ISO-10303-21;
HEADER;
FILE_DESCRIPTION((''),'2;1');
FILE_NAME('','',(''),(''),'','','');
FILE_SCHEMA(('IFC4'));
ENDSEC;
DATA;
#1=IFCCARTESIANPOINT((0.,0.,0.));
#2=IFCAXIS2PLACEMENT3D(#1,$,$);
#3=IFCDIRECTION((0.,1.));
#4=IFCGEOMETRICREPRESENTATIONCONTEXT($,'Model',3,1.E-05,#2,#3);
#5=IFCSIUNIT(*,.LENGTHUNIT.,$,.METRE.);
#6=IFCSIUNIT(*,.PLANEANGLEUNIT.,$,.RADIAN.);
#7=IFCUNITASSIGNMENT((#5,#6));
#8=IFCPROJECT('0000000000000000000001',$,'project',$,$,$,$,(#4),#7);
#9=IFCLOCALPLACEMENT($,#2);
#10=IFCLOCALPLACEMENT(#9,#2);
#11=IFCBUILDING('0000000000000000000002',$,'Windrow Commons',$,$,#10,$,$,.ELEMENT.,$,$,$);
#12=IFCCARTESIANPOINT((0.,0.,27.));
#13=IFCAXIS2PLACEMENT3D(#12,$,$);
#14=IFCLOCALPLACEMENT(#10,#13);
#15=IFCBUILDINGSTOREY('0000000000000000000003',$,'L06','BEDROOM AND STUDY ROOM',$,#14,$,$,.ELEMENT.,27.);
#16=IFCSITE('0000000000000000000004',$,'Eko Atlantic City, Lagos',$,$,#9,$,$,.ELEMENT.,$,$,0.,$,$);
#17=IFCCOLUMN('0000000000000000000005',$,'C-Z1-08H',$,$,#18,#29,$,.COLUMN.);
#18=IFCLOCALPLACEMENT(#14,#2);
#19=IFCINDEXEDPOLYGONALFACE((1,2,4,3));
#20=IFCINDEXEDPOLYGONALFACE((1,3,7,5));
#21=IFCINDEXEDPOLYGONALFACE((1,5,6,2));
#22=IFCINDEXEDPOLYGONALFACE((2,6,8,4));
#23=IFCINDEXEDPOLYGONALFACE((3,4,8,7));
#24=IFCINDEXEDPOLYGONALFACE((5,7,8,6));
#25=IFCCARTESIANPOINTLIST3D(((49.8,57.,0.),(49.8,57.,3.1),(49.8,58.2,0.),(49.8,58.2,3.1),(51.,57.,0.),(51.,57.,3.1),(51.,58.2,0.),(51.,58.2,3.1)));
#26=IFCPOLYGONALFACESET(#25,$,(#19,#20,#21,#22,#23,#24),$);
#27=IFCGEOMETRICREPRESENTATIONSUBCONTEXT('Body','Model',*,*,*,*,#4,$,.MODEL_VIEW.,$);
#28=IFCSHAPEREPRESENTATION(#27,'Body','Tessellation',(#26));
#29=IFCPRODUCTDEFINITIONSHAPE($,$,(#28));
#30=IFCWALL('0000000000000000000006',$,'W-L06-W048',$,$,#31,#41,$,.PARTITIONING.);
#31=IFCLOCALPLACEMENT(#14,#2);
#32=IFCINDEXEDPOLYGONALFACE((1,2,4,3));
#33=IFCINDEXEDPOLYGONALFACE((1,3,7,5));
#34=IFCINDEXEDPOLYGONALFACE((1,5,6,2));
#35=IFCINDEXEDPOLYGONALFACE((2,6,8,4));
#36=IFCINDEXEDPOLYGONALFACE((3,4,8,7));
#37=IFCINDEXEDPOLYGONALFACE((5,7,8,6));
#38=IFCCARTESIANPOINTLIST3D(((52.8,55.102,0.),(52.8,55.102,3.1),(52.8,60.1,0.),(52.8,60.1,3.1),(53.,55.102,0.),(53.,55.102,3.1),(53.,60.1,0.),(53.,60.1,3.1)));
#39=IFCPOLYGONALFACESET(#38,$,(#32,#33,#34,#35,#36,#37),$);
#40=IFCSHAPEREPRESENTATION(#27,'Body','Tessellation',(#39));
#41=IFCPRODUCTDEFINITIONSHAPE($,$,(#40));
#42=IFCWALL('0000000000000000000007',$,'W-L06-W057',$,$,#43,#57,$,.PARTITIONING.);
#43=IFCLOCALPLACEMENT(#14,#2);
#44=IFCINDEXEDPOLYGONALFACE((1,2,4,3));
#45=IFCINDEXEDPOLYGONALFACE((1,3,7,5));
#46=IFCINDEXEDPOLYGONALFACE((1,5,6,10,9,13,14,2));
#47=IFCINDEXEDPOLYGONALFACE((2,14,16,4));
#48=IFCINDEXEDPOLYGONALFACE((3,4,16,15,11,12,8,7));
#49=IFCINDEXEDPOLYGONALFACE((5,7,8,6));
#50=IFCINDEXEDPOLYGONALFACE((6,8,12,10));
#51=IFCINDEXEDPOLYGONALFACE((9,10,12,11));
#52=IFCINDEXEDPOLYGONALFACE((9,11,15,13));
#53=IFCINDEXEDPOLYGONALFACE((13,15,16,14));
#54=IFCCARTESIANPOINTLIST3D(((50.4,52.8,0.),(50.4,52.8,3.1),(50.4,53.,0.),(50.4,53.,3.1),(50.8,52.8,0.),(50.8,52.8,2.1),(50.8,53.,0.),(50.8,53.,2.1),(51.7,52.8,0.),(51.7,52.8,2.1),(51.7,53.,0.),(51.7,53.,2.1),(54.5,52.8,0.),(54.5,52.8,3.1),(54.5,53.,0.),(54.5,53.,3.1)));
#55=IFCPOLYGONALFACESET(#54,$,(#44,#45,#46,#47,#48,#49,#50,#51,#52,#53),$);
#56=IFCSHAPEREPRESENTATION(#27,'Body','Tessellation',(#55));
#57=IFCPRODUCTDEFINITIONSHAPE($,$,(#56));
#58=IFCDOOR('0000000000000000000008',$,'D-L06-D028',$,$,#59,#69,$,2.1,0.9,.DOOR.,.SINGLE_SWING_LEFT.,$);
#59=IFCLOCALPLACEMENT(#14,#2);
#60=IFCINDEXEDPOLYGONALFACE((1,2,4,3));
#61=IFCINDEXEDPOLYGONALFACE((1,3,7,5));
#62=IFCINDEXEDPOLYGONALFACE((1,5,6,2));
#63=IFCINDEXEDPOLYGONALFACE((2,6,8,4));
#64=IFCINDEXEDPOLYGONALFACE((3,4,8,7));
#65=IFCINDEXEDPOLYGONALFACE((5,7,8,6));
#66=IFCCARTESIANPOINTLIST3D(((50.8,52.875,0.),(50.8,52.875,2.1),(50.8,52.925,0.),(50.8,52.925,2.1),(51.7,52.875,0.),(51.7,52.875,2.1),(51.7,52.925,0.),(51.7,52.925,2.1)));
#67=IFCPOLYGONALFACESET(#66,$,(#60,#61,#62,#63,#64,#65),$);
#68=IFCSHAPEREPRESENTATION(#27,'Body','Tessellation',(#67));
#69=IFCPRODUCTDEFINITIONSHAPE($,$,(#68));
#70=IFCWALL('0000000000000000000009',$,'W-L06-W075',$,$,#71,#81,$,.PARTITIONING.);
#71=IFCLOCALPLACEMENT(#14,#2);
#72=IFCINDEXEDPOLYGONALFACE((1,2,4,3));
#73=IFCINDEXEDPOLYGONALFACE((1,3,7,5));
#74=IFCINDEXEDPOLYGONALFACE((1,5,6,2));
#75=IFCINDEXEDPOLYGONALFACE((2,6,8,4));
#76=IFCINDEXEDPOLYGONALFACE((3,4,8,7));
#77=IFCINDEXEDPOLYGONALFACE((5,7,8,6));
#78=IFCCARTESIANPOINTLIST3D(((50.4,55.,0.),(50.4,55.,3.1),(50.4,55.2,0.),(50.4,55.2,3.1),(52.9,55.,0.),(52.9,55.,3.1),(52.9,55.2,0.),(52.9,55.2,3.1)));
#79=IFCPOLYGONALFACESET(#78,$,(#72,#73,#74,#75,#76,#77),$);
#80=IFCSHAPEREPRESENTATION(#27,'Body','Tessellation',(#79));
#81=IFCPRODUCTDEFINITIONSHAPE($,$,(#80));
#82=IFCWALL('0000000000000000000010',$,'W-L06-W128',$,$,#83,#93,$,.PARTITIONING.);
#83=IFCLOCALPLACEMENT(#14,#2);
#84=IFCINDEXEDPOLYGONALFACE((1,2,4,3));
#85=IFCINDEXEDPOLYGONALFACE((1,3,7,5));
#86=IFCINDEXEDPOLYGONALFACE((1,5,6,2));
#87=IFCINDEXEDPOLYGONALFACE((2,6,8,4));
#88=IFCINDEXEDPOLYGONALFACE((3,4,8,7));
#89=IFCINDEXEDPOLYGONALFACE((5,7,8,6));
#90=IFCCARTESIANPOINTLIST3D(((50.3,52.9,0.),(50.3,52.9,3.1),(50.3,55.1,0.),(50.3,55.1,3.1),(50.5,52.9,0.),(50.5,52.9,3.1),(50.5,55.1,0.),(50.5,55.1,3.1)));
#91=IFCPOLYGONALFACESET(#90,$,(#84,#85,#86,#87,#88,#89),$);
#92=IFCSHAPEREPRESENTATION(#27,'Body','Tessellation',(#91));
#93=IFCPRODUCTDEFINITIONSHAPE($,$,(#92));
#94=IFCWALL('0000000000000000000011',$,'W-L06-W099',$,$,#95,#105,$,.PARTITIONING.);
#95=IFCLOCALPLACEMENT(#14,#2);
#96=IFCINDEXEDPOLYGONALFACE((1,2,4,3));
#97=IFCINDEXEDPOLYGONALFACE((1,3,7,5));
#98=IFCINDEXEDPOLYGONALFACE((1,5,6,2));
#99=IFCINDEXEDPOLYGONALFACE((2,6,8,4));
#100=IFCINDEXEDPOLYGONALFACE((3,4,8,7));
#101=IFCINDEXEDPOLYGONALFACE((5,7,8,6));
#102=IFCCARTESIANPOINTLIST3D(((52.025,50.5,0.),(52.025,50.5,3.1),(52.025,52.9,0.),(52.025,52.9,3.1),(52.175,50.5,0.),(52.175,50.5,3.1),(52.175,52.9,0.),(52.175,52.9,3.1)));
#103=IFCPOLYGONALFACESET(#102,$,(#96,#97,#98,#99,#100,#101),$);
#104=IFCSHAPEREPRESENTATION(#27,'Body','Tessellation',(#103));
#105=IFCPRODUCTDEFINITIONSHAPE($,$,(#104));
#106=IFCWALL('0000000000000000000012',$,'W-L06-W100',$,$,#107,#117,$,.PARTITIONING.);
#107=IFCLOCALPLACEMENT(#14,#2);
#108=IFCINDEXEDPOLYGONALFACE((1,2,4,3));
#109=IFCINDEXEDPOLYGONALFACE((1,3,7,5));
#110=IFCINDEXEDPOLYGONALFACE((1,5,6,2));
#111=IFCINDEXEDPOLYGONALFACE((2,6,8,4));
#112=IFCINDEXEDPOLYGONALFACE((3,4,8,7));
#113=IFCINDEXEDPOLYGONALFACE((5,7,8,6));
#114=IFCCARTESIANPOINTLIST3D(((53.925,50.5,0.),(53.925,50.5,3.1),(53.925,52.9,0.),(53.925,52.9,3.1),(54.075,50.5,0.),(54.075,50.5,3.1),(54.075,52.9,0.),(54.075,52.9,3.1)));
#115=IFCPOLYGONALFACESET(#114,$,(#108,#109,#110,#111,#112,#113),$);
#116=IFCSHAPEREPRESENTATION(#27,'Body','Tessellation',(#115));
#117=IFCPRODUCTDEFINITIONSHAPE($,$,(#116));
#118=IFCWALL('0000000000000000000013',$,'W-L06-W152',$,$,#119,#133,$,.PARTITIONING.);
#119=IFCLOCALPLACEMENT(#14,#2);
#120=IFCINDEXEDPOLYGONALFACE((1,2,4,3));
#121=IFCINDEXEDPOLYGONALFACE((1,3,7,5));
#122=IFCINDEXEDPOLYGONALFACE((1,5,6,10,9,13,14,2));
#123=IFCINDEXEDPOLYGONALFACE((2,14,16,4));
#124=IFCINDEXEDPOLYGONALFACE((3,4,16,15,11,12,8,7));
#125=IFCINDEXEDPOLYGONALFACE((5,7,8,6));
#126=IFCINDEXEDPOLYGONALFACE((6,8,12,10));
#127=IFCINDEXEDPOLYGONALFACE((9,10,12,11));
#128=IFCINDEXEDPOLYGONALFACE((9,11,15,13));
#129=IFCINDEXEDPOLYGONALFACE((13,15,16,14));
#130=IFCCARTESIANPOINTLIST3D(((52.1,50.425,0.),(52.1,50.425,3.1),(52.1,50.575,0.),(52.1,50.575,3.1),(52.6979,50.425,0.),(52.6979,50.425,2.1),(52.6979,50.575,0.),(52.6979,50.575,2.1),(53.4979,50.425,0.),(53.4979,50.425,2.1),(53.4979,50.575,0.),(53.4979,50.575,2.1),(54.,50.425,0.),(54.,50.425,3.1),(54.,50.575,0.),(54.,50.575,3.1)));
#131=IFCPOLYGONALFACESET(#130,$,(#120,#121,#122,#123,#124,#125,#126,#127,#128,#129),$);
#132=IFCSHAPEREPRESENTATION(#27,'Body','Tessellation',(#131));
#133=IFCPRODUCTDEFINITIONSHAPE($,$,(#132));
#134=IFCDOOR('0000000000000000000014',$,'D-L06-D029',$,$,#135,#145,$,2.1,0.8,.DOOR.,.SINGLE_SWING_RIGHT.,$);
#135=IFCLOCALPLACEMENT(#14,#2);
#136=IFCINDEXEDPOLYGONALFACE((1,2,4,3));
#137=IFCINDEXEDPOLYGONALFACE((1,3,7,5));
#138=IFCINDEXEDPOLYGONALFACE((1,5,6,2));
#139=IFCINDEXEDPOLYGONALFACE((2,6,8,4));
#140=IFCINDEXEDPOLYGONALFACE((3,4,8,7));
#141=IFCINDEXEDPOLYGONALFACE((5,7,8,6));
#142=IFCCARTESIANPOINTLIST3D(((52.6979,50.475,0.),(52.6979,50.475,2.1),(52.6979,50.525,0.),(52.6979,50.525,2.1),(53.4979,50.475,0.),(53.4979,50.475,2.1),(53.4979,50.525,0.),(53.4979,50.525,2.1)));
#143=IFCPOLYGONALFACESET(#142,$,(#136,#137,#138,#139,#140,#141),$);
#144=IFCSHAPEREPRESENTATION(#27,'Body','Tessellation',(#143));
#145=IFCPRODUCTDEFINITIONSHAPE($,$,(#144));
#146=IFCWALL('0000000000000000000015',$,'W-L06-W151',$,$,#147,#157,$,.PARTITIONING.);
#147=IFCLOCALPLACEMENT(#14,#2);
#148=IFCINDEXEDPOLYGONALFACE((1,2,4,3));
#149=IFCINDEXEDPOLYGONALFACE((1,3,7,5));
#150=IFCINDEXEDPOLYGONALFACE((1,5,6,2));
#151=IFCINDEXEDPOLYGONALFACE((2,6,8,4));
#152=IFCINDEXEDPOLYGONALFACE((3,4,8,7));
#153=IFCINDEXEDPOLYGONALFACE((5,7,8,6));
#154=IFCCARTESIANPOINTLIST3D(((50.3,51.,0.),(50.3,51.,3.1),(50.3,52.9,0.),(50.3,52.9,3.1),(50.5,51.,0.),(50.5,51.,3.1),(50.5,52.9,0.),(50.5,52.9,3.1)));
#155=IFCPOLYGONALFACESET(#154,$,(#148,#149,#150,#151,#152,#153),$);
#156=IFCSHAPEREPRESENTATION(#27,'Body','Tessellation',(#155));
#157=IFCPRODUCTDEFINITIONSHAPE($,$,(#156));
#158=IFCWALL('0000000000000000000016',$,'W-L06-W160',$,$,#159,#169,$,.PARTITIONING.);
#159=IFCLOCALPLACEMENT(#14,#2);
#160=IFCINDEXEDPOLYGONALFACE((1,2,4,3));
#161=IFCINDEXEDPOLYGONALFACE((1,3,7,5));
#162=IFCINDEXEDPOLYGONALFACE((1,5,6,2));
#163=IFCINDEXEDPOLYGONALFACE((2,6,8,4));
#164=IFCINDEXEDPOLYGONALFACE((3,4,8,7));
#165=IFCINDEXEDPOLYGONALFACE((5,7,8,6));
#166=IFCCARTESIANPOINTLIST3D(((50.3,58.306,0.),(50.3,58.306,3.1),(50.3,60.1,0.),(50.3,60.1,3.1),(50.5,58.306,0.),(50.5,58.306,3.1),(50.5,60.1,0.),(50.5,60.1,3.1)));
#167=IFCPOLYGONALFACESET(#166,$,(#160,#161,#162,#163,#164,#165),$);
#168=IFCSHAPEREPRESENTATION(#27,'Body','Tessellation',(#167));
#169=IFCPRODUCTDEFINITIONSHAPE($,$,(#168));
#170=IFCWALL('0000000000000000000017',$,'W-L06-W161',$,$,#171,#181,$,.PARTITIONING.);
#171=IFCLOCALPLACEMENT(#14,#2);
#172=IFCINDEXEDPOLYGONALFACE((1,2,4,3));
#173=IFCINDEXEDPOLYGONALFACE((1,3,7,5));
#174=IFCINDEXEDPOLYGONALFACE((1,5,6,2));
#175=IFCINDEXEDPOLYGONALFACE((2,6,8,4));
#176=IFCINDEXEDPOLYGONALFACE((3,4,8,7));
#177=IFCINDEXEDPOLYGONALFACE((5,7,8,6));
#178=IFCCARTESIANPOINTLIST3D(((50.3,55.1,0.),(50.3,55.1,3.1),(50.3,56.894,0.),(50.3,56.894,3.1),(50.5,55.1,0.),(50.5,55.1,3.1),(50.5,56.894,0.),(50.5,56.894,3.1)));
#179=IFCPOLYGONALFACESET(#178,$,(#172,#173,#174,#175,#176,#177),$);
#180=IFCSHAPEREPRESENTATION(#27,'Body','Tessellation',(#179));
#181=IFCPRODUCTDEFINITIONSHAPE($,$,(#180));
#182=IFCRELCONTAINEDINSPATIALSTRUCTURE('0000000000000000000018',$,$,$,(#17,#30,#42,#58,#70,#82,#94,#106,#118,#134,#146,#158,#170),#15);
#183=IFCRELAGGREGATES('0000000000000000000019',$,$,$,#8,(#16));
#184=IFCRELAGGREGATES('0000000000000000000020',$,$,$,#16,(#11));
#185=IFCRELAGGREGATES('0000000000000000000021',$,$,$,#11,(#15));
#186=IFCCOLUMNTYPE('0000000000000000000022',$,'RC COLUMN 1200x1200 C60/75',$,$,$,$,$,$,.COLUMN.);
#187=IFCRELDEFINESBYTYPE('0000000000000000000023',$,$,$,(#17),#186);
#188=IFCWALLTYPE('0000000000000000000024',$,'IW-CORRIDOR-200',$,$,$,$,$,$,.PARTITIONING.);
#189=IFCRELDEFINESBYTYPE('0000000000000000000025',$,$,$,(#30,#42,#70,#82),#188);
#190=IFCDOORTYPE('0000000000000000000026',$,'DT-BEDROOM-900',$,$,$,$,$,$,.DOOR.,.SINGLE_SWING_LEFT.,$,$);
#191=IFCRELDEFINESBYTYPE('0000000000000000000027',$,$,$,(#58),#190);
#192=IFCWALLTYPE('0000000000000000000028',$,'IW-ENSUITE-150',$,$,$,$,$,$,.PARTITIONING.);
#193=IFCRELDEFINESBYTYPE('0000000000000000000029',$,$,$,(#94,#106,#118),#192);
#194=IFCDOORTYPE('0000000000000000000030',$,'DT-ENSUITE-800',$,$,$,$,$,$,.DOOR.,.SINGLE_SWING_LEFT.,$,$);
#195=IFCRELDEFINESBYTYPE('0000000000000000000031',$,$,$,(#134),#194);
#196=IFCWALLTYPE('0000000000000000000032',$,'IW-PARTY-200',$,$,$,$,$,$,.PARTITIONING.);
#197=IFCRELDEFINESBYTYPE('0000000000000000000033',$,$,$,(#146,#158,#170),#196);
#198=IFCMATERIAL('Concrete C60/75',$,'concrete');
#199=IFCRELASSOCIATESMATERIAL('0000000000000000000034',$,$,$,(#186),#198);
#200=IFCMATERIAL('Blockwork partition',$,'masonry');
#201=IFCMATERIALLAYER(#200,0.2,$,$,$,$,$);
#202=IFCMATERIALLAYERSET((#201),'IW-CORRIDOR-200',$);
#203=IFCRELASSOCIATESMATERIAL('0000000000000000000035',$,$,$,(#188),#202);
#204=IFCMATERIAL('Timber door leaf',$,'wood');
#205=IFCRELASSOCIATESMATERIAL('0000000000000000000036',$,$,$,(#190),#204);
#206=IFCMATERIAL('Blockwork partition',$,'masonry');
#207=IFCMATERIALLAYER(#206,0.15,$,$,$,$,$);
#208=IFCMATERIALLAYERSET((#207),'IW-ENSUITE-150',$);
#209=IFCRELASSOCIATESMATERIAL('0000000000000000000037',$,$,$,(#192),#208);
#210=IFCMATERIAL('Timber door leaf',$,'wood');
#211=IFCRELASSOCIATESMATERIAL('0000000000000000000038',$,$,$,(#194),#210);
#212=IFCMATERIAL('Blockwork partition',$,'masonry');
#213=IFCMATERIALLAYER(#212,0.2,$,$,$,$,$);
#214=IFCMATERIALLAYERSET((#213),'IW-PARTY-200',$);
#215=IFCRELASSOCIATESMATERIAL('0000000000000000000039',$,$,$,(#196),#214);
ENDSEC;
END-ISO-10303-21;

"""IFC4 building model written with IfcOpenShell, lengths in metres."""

from ifc_helpers import new_model, si_unit, direction, frame, frame_2d, origin, origin_2d, place, context, subcontext, project, spatial, rectangle, extrude, material, layer, layer_set, material_profile, profile_set, type_object, element, fill, save


model = new_model("IFC4")

# Units and contexts
model_context = context("Model", 3, precision=1e-05, world=origin(), true_north=direction((0.0, 1.0)))
body_context = subcontext(model_context, "Body", "Model", "MODEL_VIEW")
ifc_project = project(units=[si_unit("LENGTHUNIT", "METRE"), si_unit("PLANEANGLEUNIT", "RADIAN")], contexts=[model_context])

# Site, building, storey
site_placement = place(None, origin())
site = spatial("IfcSite", under=ifc_project, at=site_placement, Name="Eko Atlantic City, Lagos", CompositionType="ELEMENT", RefElevation=0.0)
building_placement = place(site_placement, origin())
building = spatial("IfcBuilding", under=site, at=building_placement, Name="Windrow Commons", CompositionType="ELEMENT")
storey_placement = place(building_placement, frame((0.0, 0.0, 27.0)))
storey = spatial("IfcBuildingStorey", under=building, at=storey_placement, Name="L06", Description="BEDROOM AND STUDY ROOM", CompositionType="ELEMENT", Elevation=27.0)

# Column
ifc_material_1 = material(Name="Concrete C60/75", Category="concrete")
ifc_material_profile = material_profile(ifc_material_1, rectangle(XDim=1.2, YDim=1.2, at=origin_2d()))
ifc_profile_set = profile_set([ifc_material_profile], Name="Concrete C60/75")
column_type = type_object("IfcColumnType", Name="RC COLUMN 1200x1200 C60/75", PredefinedType="COLUMN", material=ifc_profile_set)
column_placement = place(storey_placement, frame((50.4, 57.6, 0.0), z_axis=(0.0, 0.0, 1.0), x_axis=(1.0, 0.0, 0.0)))
element("IfcColumn", 1, at=column_placement, inside=storey, type_object=column_type, Name="C-Z1-08H", PredefinedType="COLUMN", context=body_context, shape_type="SweptSolid", body=[
    extrude(rectangle(XDim=1.2, YDim=1.2, at=origin_2d()), origin(), (0.0, 0.0, 1.0), 3.1),
])

# Wall
ifc_material_2 = material(Name="Blockwork partition", Category="masonry")
ifc_layer_1 = layer(ifc_material_2, 0.2)
ifc_layer_set_1 = layer_set([ifc_layer_1], Name="IW-CORRIDOR-200")
wall_type_1 = type_object("IfcWallType", Name="IW-CORRIDOR-200", PredefinedType="PARTITIONING", material=ifc_layer_set_1)
wall_1_placement = place(storey_placement, frame((52.9, 55.102, 0.0), z_axis=(0.0, 0.0, 1.0), x_axis=(0.0, 1.0, 0.0)))
element("IfcWall", 2, at=wall_1_placement, inside=storey, type_object=wall_type_1, Name="W-L06-W048", PredefinedType="PARTITIONING", context=body_context, shape_type="SweptSolid", body=[
    extrude(rectangle(XDim=4.998, YDim=0.2, at=frame_2d((2.499, 0.0))), origin(), (0.0, 0.0, 1.0), 3.1),
])

# Wall, opening, door
wall_2_placement = place(storey_placement, frame((50.4, 52.9, 0.0), z_axis=(0.0, 0.0, 1.0), x_axis=(1.0, 0.0, 0.0)))
wall_2 = element("IfcWall", 3, at=wall_2_placement, inside=storey, type_object=wall_type_1, Name="W-L06-W057", PredefinedType="PARTITIONING", context=body_context, shape_type="SweptSolid", body=[
    extrude(rectangle(XDim=4.1, YDim=0.2, at=frame_2d((2.05, 0.0))), origin(), (0.0, 0.0, 1.0), 3.1),
])
opening_1_placement = place(wall_2_placement, frame((0.4, 0.0, 0.0)))
opening_1 = element("IfcOpeningElement", 4, at=opening_1_placement, cuts=wall_2, PredefinedType="OPENING", context=body_context, shape_type="SweptSolid", body=[
    extrude(rectangle(XDim=0.9, YDim=2.1, at=frame_2d((0.45, 1.05))), frame((0.0, 0.11, 0.0), z_axis=(0.0, -1.0, 0.0), x_axis=(1.0, 0.0, 0.0)), (0.0, 0.0, 1.0), 0.22),
])
ifc_material_3 = material(Name="Timber door leaf", Category="wood")
door_type_1 = type_object("IfcDoorType", Name="DT-BEDROOM-900", OperationType="SINGLE_SWING_LEFT", PredefinedType="DOOR", material=ifc_material_3)
door_1_placement = place(opening_1_placement, origin())
door_1 = element("IfcDoor", 5, at=door_1_placement, inside=storey, type_object=door_type_1, Name="D-L06-D028", OperationType="SINGLE_SWING_LEFT", OverallHeight=2.1, OverallWidth=0.9, PredefinedType="DOOR", context=body_context, shape_type="SweptSolid", body=[
    extrude(rectangle(XDim=0.9, YDim=2.1, at=frame_2d((0.45, 1.05))), frame((0.0, 0.025, 0.0), z_axis=(0.0, -1.0, 0.0), x_axis=(1.0, 0.0, 0.0)), (0.0, 0.0, 1.0), 0.05),
])
fill(opening_1, door_1)

# Walls
wall_3_placement = place(storey_placement, frame((50.4, 55.1, 0.0), z_axis=(0.0, 0.0, 1.0), x_axis=(1.0, 0.0, 0.0)))
element("IfcWall", 6, at=wall_3_placement, inside=storey, type_object=wall_type_1, Name="W-L06-W075", PredefinedType="PARTITIONING", context=body_context, shape_type="SweptSolid", body=[
    extrude(rectangle(XDim=2.5, YDim=0.2, at=frame_2d((1.25, 0.0))), origin(), (0.0, 0.0, 1.0), 3.1),
])
wall_4_placement = place(storey_placement, frame((50.4, 52.9, 0.0), z_axis=(0.0, 0.0, 1.0), x_axis=(0.0, 1.0, 0.0)))
element("IfcWall", 7, at=wall_4_placement, inside=storey, type_object=wall_type_1, Name="W-L06-W128", PredefinedType="PARTITIONING", context=body_context, shape_type="SweptSolid", body=[
    extrude(rectangle(XDim=2.2, YDim=0.2, at=frame_2d((1.1, 0.0))), origin(), (0.0, 0.0, 1.0), 3.1),
])
ifc_material_4 = material(Name="Blockwork partition", Category="masonry")
ifc_layer_2 = layer(ifc_material_4, 0.15)
ifc_layer_set_2 = layer_set([ifc_layer_2], Name="IW-ENSUITE-150")
wall_type_2 = type_object("IfcWallType", Name="IW-ENSUITE-150", PredefinedType="PARTITIONING", material=ifc_layer_set_2)
for number, where, z_axis, x_axis, name in (
    (8, (52.1, 50.5, 0.0), (0.0, 0.0, 1.0), (0.0, 1.0, 0.0), "W-L06-W099"),
    (9, (54.0, 50.5, 0.0), (0.0, 0.0, 1.0), (0.0, 1.0, 0.0), "W-L06-W100"),
):
    element("IfcWall", number, at=place(storey_placement, frame(where, z_axis=z_axis, x_axis=x_axis)), inside=storey, type_object=wall_type_2, Name=name, PredefinedType="PARTITIONING", context=body_context, shape_type="SweptSolid", body=[
        extrude(rectangle(XDim=2.4, YDim=0.15, at=frame_2d((1.2, 0.0))), origin(), (0.0, 0.0, 1.0), 3.1),
    ])

# Wall, opening, door
wall_5_placement = place(storey_placement, frame((52.1, 50.5, 0.0), z_axis=(0.0, 0.0, 1.0), x_axis=(1.0, 0.0, 0.0)))
wall_5 = element("IfcWall", 10, at=wall_5_placement, inside=storey, type_object=wall_type_2, Name="W-L06-W152", PredefinedType="PARTITIONING", context=body_context, shape_type="SweptSolid", body=[
    extrude(rectangle(XDim=1.9, YDim=0.15, at=frame_2d((0.95, 0.0))), origin(), (0.0, 0.0, 1.0), 3.1),
])
opening_2_placement = place(wall_5_placement, frame((0.5979, 0.0, 0.0)))
opening_2 = element("IfcOpeningElement", 11, at=opening_2_placement, cuts=wall_5, PredefinedType="OPENING", context=body_context, shape_type="SweptSolid", body=[
    extrude(rectangle(XDim=0.8, YDim=2.1, at=frame_2d((0.4, 1.05))), frame((0.0, 0.085, 0.0), z_axis=(0.0, -1.0, 0.0), x_axis=(1.0, 0.0, 0.0)), (0.0, 0.0, 1.0), 0.17),
])
ifc_material_5 = material(Name="Timber door leaf", Category="wood")
door_type_2 = type_object("IfcDoorType", Name="DT-ENSUITE-800", OperationType="SINGLE_SWING_LEFT", PredefinedType="DOOR", material=ifc_material_5)
door_2_placement = place(opening_2_placement, origin())
door_2 = element("IfcDoor", 12, at=door_2_placement, inside=storey, type_object=door_type_2, Name="D-L06-D029", OperationType="SINGLE_SWING_RIGHT", OverallHeight=2.1, OverallWidth=0.8, PredefinedType="DOOR", context=body_context, shape_type="SweptSolid", body=[
    extrude(rectangle(XDim=0.8, YDim=2.1, at=frame_2d((0.4, 1.05))), frame((0.0, 0.025, 0.0), z_axis=(0.0, -1.0, 0.0), x_axis=(1.0, 0.0, 0.0)), (0.0, 0.0, 1.0), 0.05),
])
fill(opening_2, door_2)

# Walls
ifc_material_6 = material(Name="Blockwork partition", Category="masonry")
ifc_layer_3 = layer(ifc_material_6, 0.2)
ifc_layer_set_3 = layer_set([ifc_layer_3], Name="IW-PARTY-200")
wall_type_3 = type_object("IfcWallType", Name="IW-PARTY-200", PredefinedType="PARTITIONING", material=ifc_layer_set_3)
wall_6_placement = place(storey_placement, frame((50.4, 51.0, 0.0), z_axis=(0.0, 0.0, 1.0), x_axis=(0.0, 1.0, 0.0)))
element("IfcWall", 13, at=wall_6_placement, inside=storey, type_object=wall_type_3, Name="W-L06-W151", PredefinedType="PARTITIONING", context=body_context, shape_type="SweptSolid", body=[
    extrude(rectangle(XDim=1.9, YDim=0.2, at=frame_2d((0.95, 0.0))), origin(), (0.0, 0.0, 1.0), 3.1),
])
for number, where, z_axis, x_axis, name in (
    (14, (50.4, 58.306, 0.0), (0.0, 0.0, 1.0), (0.0, 1.0, 0.0), "W-L06-W160"),
    (15, (50.4, 55.1, 0.0), (0.0, 0.0, 1.0), (0.0, 1.0, 0.0), "W-L06-W161"),
):
    element("IfcWall", number, at=place(storey_placement, frame(where, z_axis=z_axis, x_axis=x_axis)), inside=storey, type_object=wall_type_3, Name=name, PredefinedType="PARTITIONING", context=body_context, shape_type="SweptSolid", body=[
        extrude(rectangle(XDim=1.794, YDim=0.2, at=frame_2d((0.897, 0.0))), origin(), (0.0, 0.0, 1.0), 3.1),
    ])

save(model, "model.ifc")
